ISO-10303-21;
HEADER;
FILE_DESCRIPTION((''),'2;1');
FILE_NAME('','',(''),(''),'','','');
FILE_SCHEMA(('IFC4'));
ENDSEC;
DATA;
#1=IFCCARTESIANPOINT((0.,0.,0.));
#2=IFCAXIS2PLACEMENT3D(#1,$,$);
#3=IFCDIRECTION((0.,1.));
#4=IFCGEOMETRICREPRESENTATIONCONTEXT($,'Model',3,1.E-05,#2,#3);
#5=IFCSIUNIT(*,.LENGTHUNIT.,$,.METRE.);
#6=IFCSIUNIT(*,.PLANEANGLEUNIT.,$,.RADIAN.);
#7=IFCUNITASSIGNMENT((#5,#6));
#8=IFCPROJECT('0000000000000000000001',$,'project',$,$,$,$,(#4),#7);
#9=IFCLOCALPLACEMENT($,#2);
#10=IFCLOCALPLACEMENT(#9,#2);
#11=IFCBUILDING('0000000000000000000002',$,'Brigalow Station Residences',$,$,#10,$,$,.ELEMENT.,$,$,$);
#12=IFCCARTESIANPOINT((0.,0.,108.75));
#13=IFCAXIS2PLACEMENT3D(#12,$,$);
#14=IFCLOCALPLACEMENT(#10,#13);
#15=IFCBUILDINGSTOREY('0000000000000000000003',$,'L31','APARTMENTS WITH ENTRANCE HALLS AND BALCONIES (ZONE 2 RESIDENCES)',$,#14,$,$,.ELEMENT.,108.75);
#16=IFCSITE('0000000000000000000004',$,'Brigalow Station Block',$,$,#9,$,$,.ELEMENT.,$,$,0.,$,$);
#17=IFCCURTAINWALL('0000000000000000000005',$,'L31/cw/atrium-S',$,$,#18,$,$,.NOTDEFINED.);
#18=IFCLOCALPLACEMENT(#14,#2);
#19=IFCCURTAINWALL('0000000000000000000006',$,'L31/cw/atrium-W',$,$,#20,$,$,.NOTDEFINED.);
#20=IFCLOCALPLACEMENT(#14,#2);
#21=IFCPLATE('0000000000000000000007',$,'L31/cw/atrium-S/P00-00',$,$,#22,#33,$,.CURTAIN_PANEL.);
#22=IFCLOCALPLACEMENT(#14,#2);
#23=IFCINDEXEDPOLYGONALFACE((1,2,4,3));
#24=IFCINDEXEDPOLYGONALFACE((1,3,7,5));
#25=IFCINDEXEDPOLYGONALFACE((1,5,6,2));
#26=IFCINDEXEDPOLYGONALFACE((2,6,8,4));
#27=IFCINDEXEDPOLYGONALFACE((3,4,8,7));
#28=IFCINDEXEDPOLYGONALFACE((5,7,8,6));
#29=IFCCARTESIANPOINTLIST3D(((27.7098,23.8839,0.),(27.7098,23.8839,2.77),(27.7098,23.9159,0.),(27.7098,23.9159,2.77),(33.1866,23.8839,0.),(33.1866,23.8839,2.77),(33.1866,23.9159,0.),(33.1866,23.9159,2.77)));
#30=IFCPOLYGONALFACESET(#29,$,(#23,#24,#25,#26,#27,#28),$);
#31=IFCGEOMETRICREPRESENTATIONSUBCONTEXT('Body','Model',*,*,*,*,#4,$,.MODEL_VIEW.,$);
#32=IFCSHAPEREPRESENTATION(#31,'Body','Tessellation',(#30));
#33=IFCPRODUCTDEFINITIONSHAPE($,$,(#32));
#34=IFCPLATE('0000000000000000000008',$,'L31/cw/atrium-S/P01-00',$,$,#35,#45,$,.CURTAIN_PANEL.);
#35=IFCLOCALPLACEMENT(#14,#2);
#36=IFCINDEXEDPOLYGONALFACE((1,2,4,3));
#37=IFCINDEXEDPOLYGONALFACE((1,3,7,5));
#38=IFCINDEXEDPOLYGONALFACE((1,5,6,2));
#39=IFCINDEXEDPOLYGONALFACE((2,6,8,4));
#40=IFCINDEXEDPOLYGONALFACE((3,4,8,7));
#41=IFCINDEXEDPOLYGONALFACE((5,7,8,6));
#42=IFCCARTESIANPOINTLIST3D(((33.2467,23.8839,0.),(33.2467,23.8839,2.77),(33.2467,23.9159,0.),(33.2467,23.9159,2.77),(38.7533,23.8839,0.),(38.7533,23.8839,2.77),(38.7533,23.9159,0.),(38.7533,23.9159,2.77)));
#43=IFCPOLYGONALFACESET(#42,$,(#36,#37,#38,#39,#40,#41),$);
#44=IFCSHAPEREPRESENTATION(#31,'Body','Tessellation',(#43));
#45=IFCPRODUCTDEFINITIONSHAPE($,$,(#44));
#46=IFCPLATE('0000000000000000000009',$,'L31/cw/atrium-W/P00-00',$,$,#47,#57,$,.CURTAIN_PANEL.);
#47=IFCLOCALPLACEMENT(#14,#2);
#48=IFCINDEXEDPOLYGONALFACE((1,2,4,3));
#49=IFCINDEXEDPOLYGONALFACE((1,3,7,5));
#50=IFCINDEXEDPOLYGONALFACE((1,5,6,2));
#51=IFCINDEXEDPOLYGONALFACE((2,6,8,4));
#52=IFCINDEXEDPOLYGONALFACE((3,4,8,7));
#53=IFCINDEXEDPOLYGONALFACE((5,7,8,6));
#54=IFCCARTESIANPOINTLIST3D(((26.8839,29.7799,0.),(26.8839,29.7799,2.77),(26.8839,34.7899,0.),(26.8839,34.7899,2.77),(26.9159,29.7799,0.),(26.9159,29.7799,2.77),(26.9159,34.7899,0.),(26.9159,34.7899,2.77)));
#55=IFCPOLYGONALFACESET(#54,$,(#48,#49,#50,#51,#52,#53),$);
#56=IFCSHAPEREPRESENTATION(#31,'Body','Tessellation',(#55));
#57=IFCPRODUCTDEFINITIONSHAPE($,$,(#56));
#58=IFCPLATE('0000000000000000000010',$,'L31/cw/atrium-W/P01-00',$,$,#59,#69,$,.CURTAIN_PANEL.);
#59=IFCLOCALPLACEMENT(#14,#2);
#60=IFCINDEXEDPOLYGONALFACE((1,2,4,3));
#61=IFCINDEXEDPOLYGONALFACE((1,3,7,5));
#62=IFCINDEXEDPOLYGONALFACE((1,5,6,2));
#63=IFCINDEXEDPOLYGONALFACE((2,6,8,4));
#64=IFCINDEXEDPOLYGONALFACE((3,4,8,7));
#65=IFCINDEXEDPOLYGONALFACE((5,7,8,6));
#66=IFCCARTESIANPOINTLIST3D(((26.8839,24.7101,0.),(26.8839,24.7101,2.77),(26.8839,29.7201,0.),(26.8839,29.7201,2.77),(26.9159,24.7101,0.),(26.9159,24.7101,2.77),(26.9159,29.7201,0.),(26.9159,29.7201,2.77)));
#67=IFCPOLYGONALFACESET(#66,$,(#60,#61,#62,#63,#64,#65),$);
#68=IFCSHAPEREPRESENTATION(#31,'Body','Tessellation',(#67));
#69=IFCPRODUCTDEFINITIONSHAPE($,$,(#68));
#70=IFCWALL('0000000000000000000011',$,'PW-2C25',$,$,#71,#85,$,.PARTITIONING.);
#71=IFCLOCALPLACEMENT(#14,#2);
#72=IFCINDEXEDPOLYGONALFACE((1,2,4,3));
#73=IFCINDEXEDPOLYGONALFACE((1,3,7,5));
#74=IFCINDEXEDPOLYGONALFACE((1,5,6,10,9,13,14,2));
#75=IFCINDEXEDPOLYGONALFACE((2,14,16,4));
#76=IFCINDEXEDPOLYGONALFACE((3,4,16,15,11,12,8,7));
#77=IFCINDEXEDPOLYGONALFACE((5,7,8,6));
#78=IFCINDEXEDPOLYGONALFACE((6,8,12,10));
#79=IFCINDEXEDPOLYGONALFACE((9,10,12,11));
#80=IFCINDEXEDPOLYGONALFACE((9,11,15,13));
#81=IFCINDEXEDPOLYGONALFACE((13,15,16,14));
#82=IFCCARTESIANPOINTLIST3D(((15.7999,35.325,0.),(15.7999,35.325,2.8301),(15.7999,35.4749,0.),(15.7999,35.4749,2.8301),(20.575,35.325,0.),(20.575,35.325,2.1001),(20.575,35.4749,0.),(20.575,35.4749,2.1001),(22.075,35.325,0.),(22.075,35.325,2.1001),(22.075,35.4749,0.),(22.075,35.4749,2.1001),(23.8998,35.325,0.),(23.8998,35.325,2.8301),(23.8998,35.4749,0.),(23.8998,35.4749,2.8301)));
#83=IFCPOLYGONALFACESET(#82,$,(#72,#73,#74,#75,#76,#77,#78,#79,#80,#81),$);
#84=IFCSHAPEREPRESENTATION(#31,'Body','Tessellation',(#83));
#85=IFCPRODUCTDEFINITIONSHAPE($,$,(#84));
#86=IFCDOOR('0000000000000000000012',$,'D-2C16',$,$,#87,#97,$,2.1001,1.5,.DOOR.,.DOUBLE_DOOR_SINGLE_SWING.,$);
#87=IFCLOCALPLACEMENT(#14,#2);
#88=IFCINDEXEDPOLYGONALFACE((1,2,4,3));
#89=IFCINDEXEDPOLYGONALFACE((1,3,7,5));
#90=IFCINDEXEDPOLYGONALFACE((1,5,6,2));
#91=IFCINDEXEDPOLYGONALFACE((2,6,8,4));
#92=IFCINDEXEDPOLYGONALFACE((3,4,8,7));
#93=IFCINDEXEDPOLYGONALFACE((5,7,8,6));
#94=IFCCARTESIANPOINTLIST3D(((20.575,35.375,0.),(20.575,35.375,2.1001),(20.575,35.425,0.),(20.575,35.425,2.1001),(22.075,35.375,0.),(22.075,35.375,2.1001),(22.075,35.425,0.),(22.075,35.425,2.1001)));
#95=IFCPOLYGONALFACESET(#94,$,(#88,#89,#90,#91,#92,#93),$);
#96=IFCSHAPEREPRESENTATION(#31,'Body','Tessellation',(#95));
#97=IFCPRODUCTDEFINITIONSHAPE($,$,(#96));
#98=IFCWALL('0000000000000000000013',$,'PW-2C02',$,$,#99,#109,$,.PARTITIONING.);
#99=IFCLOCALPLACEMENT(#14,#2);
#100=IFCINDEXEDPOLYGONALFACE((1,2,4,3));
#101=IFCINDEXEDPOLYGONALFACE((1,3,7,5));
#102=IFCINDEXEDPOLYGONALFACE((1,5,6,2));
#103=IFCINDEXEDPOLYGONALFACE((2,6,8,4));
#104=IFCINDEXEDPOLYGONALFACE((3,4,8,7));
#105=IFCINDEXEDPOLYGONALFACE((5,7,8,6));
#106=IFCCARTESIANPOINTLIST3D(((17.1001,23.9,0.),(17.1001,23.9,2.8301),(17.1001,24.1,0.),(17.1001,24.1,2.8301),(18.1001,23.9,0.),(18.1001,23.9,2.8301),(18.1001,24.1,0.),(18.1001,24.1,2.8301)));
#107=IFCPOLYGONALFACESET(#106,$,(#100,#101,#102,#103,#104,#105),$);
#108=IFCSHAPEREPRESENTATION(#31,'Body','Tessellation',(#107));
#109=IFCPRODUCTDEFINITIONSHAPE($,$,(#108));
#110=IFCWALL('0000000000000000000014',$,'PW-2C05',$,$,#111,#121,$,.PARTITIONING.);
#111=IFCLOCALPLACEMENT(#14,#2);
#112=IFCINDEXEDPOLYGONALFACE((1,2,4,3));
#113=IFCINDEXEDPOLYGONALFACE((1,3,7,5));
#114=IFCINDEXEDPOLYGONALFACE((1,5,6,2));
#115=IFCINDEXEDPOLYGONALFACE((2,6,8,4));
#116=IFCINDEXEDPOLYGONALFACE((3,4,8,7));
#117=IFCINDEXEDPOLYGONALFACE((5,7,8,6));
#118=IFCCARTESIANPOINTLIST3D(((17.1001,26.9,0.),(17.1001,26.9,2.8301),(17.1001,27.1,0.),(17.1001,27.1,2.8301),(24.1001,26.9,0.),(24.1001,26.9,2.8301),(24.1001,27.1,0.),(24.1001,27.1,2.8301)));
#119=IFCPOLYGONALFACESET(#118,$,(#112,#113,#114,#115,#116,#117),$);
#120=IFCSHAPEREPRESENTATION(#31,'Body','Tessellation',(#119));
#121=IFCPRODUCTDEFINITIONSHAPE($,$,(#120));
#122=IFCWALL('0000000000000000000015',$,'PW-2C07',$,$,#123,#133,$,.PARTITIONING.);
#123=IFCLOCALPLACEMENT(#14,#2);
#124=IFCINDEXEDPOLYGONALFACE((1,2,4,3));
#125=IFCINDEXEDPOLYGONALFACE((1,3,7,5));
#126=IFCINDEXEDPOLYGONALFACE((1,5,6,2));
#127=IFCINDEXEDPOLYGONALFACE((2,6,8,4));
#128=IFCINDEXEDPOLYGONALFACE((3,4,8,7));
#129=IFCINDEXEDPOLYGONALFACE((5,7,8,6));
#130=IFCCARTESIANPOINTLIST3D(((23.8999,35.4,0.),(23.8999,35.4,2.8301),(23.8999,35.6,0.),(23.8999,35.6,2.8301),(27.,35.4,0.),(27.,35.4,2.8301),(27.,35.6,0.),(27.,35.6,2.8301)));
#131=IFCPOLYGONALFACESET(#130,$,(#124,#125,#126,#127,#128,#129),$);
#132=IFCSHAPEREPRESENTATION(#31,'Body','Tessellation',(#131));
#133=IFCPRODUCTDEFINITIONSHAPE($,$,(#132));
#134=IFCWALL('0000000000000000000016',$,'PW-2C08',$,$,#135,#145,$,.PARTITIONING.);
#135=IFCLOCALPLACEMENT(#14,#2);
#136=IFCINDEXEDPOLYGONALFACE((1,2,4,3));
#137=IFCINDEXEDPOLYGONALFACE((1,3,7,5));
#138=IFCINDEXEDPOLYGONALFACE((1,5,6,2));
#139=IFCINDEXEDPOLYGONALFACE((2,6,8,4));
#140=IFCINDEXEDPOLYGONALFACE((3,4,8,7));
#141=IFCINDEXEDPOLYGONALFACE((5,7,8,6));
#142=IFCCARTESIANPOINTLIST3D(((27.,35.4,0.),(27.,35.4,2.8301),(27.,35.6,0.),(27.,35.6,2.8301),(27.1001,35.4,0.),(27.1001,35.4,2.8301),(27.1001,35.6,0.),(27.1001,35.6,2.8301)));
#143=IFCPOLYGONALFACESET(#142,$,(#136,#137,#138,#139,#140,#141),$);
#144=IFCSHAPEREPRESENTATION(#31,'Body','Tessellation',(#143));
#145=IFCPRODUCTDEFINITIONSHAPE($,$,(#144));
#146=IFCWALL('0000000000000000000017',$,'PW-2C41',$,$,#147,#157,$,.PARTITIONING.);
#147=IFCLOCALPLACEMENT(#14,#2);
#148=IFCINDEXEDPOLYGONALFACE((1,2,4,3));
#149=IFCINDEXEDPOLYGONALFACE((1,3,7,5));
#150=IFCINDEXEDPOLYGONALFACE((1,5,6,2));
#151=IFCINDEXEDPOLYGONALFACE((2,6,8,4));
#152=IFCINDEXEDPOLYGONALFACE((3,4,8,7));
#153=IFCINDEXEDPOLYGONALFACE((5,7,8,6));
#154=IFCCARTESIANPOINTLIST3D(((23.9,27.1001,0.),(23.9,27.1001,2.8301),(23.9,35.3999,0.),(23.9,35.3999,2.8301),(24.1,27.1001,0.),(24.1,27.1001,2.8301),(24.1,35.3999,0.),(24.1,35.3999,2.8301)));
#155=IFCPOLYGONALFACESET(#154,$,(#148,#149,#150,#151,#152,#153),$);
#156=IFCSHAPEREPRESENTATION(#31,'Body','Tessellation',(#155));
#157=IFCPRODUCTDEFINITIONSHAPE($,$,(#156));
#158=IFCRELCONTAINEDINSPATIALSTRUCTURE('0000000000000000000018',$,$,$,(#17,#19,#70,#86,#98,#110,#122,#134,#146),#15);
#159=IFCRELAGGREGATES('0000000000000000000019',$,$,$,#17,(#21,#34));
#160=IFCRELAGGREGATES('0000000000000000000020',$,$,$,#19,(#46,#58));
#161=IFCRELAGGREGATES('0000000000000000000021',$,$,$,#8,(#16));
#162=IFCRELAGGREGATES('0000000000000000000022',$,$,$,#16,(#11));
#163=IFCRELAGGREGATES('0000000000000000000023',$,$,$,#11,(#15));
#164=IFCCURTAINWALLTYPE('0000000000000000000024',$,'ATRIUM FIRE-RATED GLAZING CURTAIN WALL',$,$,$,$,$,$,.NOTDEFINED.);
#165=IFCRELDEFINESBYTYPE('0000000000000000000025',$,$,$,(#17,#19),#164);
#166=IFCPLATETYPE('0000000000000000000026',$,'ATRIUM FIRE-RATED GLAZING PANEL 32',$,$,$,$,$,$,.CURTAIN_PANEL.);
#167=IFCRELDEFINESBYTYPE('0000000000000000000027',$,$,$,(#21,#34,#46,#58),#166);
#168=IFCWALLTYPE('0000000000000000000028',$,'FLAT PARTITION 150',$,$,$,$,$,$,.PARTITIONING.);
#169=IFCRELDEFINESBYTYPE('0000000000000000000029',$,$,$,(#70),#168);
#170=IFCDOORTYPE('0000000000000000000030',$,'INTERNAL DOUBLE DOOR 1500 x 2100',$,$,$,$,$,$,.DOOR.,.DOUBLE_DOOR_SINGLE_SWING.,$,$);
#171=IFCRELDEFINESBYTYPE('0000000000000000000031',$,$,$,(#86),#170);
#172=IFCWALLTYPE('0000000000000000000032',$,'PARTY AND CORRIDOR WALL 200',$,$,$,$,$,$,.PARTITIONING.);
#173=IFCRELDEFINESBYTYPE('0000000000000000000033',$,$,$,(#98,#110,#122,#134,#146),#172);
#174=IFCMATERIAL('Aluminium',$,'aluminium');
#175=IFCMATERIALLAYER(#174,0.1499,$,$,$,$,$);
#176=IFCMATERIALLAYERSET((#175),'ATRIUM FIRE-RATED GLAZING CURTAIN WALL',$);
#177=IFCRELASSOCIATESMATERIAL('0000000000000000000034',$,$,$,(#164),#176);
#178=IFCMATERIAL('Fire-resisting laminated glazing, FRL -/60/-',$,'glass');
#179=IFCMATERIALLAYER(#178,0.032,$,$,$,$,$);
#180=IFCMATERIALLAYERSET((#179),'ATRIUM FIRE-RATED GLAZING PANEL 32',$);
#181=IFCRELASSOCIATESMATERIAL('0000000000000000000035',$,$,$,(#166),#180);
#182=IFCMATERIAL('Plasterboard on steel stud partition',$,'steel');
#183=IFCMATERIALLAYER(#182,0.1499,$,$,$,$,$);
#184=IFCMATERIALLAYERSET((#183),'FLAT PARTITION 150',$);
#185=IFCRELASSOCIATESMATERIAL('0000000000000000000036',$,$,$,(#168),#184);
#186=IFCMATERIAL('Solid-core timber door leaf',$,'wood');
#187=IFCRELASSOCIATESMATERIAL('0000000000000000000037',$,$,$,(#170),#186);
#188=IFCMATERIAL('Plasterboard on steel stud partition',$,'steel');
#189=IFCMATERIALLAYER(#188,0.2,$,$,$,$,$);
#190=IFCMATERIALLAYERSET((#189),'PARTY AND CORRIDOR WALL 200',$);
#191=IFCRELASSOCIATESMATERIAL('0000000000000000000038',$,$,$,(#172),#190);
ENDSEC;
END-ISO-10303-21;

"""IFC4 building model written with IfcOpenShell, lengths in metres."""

from ifc_helpers import new_model, si_unit, direction, frame, frame_2d, origin, origin_2d, place, context, subcontext, project, spatial, rectangle, extrude, material, layer, layer_set, type_object, element, fill, aggregate, save


model = new_model("IFC4")

# Units and contexts
model_context = context("Model", 3, precision=1e-05, world=origin(), true_north=direction((0.0, 1.0)))
body_context = subcontext(model_context, "Body", "Model", "MODEL_VIEW")
ifc_project = project(units=[si_unit("LENGTHUNIT", "METRE"), si_unit("PLANEANGLEUNIT", "RADIAN")], contexts=[model_context])

# Site, building, storey
site_placement = place(None, origin())
site = spatial("IfcSite", under=ifc_project, at=site_placement, Name="Brigalow Station Block", CompositionType="ELEMENT", RefElevation=0.0)
building_placement = place(site_placement, origin())
building = spatial("IfcBuilding", under=site, at=building_placement, Name="Brigalow Station Residences", CompositionType="ELEMENT")
storey_placement = place(building_placement, frame((0.0, 0.0, 108.75)))
storey = spatial("IfcBuildingStorey", under=building, at=storey_placement, Name="L31", Description="APARTMENTS WITH ENTRANCE HALLS AND BALCONIES (ZONE 2 RESIDENCES)", CompositionType="ELEMENT", Elevation=108.75)

# Curtain walls
ifc_material_1 = material(Name="Aluminium", Category="aluminium")
ifc_layer_1 = layer(ifc_material_1, 0.1499)
ifc_layer_set_1 = layer_set([ifc_layer_1], Name="ATRIUM FIRE-RATED GLAZING CURTAIN WALL")
curtain_wall_type = type_object("IfcCurtainWallType", Name="ATRIUM FIRE-RATED GLAZING CURTAIN WALL", PredefinedType="NOTDEFINED", material=ifc_layer_set_1)
curtain_wall_1_placement = place(storey_placement, origin())
curtain_wall_1 = element("IfcCurtainWall", 1, at=curtain_wall_1_placement, inside=storey, type_object=curtain_wall_type, Name="L31/cw/atrium-S", PredefinedType="NOTDEFINED")
curtain_wall_2_placement = place(storey_placement, origin())
curtain_wall_2 = element("IfcCurtainWall", 2, at=curtain_wall_2_placement, inside=storey, type_object=curtain_wall_type, Name="L31/cw/atrium-W", PredefinedType="NOTDEFINED")

# Plates
ifc_material_2 = material(Name="Fire-resisting laminated glazing, FRL -/60/-", Category="glass")
ifc_layer_2 = layer(ifc_material_2, 0.032)
ifc_layer_set_2 = layer_set([ifc_layer_2], Name="ATRIUM FIRE-RATED GLAZING PANEL 32")
plate_type = type_object("IfcPlateType", Name="ATRIUM FIRE-RATED GLAZING PANEL 32", PredefinedType="CURTAIN_PANEL", material=ifc_layer_set_2)
plate_1_placement = place(storey_placement, frame((30.4482, 23.8999, 0.0), z_axis=(0.0, 0.0, 1.0), x_axis=(1.0, 0.0, 0.0)))
plate_1 = element("IfcPlate", 3, at=plate_1_placement, type_object=plate_type, Name="L31/cw/atrium-S/P00-00", PredefinedType="CURTAIN_PANEL", context=body_context, shape_type="SweptSolid", body=[
    extrude(rectangle(XDim=5.4768, YDim=0.032, at=origin_2d()), origin(), (0.0, 0.0, 1.0), 2.77),
])
plate_2_placement = place(storey_placement, frame((36.0, 23.8999, 0.0), z_axis=(0.0, 0.0, 1.0), x_axis=(1.0, 0.0, 0.0)))
plate_2 = element("IfcPlate", 4, at=plate_2_placement, type_object=plate_type, Name="L31/cw/atrium-S/P01-00", PredefinedType="CURTAIN_PANEL", context=body_context, shape_type="SweptSolid", body=[
    extrude(rectangle(XDim=5.5066, YDim=0.032, at=origin_2d()), origin(), (0.0, 0.0, 1.0), 2.77),
])
aggregate(curtain_wall_1, [plate_1, plate_2])
plate_3_placement = place(storey_placement, frame((26.8999, 32.2849, 0.0), z_axis=(0.0, 0.0, 1.0), x_axis=(0.0, -1.0, 0.0)))
plate_3 = element("IfcPlate", 5, at=plate_3_placement, type_object=plate_type, Name="L31/cw/atrium-W/P00-00", PredefinedType="CURTAIN_PANEL", context=body_context, shape_type="SweptSolid", body=[
    extrude(rectangle(XDim=5.01, YDim=0.032, at=origin_2d()), origin(), (0.0, 0.0, 1.0), 2.77),
])
plate_4_placement = place(storey_placement, frame((26.8999, 27.2151, 0.0), z_axis=(0.0, 0.0, 1.0), x_axis=(0.0, -1.0, 0.0)))
plate_4 = element("IfcPlate", 6, at=plate_4_placement, type_object=plate_type, Name="L31/cw/atrium-W/P01-00", PredefinedType="CURTAIN_PANEL", context=body_context, shape_type="SweptSolid", body=[
    extrude(rectangle(XDim=5.01, YDim=0.032, at=origin_2d()), origin(), (0.0, 0.0, 1.0), 2.77),
])
aggregate(curtain_wall_2, [plate_3, plate_4])

# Wall, opening, door
ifc_material_3 = material(Name="Plasterboard on steel stud partition", Category="steel")
ifc_layer_3 = layer(ifc_material_3, 0.1499)
ifc_layer_set_3 = layer_set([ifc_layer_3], Name="FLAT PARTITION 150")
wall_type_1 = type_object("IfcWallType", Name="FLAT PARTITION 150", PredefinedType="PARTITIONING", material=ifc_layer_set_3)
wall_1_placement = place(storey_placement, frame((15.8, 35.3999, 0.0), z_axis=(0.0, 0.0, 1.0), x_axis=(1.0, 0.0, 0.0)))
wall_1 = element("IfcWall", 7, at=wall_1_placement, inside=storey, type_object=wall_type_1, Name="PW-2C25", PredefinedType="PARTITIONING", context=body_context, shape_type="SweptSolid", body=[
    extrude(rectangle(XDim=8.0999, YDim=0.1499, at=frame_2d((4.0498, 0.0))), origin(), (0.0, 0.0, 1.0), 2.8301),
])
opening_placement = place(wall_1_placement, frame((4.7749, 0.0, 0.0)))
opening = element("IfcOpeningElement", 8, at=opening_placement, cuts=wall_1, PredefinedType="OPENING", context=body_context, shape_type="SweptSolid", body=[
    extrude(rectangle(XDim=1.5, YDim=2.1001, at=frame_2d((0.75, 1.05))), frame((0.0, 0.085, 0.0), z_axis=(0.0, -1.0, 0.0), x_axis=(1.0, 0.0, 0.0)), (0.0, 0.0, 1.0), 0.1699),
])
ifc_material_4 = material(Name="Solid-core timber door leaf", Category="wood")
door_type = type_object("IfcDoorType", Name="INTERNAL DOUBLE DOOR 1500 x 2100", OperationType="DOUBLE_DOOR_SINGLE_SWING", PredefinedType="DOOR", material=ifc_material_4)
door_placement = place(opening_placement, frame((1.5, 0.0, 0.0), z_axis=(0.0, 0.0, 1.0), x_axis=(-1.0, 0.0, 0.0)))
door = element("IfcDoor", 9, at=door_placement, inside=storey, type_object=door_type, Name="D-2C16", OperationType="DOUBLE_DOOR_SINGLE_SWING", OverallHeight=2.1001, OverallWidth=1.5, PredefinedType="DOOR", context=body_context, shape_type="SweptSolid", body=[
    extrude(rectangle(XDim=1.5, YDim=2.1001, at=frame_2d((0.75, 1.05))), frame((0.0, 0.0249, 0.0), z_axis=(0.0, -1.0, 0.0), x_axis=(1.0, 0.0, 0.0)), (0.0, 0.0, 1.0), 0.05),
])
fill(opening, door)

# Walls
ifc_material_5 = material(Name="Plasterboard on steel stud partition", Category="steel")
ifc_layer_4 = layer(ifc_material_5, 0.2)
ifc_layer_set_4 = layer_set([ifc_layer_4], Name="PARTY AND CORRIDOR WALL 200")
wall_type_2 = type_object("IfcWallType", Name="PARTY AND CORRIDOR WALL 200", PredefinedType="PARTITIONING", material=ifc_layer_set_4)
wall_2_placement = place(storey_placement, frame((17.1001, 24.0, 0.0), z_axis=(0.0, 0.0, 1.0), x_axis=(1.0, 0.0, 0.0)))
element("IfcWall", 10, at=wall_2_placement, inside=storey, type_object=wall_type_2, Name="PW-2C02", PredefinedType="PARTITIONING", context=body_context, shape_type="SweptSolid", body=[
    extrude(rectangle(XDim=1.0, YDim=0.2, at=frame_2d((0.5, 0.0))), origin(), (0.0, 0.0, 1.0), 2.8301),
])
wall_3_placement = place(storey_placement, frame((17.1001, 27.0, 0.0), z_axis=(0.0, 0.0, 1.0), x_axis=(1.0, 0.0, 0.0)))
element("IfcWall", 11, at=wall_3_placement, inside=storey, type_object=wall_type_2, Name="PW-2C05", PredefinedType="PARTITIONING", context=body_context, shape_type="SweptSolid", body=[
    extrude(rectangle(XDim=7.0, YDim=0.2, at=frame_2d((3.5, 0.0))), origin(), (0.0, 0.0, 1.0), 2.8301),
])
wall_4_placement = place(storey_placement, frame((23.8999, 35.5, 0.0), z_axis=(0.0, 0.0, 1.0), x_axis=(1.0, 0.0, 0.0)))
element("IfcWall", 12, at=wall_4_placement, inside=storey, type_object=wall_type_2, Name="PW-2C07", PredefinedType="PARTITIONING", context=body_context, shape_type="SweptSolid", body=[
    extrude(rectangle(XDim=3.1001, YDim=0.2, at=frame_2d((1.55, 0.0))), origin(), (0.0, 0.0, 1.0), 2.8301),
])
wall_5_placement = place(storey_placement, frame((27.0, 35.5, 0.0), z_axis=(0.0, 0.0, 1.0), x_axis=(1.0, 0.0, 0.0)))
element("IfcWall", 13, at=wall_5_placement, inside=storey, type_object=wall_type_2, Name="PW-2C08", PredefinedType="PARTITIONING", context=body_context, shape_type="SweptSolid", body=[
    extrude(rectangle(XDim=0.1001, YDim=0.2, at=frame_2d((0.05, 0.0))), origin(), (0.0, 0.0, 1.0), 2.8301),
])
wall_6_placement = place(storey_placement, frame((24.0, 27.1001, 0.0), z_axis=(0.0, 0.0, 1.0), x_axis=(0.0, 1.0, 0.0)))
element("IfcWall", 14, at=wall_6_placement, inside=storey, type_object=wall_type_2, Name="PW-2C41", PredefinedType="PARTITIONING", context=body_context, shape_type="SweptSolid", body=[
    extrude(rectangle(XDim=8.2998, YDim=0.2, at=frame_2d((4.1499, 0.0))), origin(), (0.0, 0.0, 1.0), 2.8301),
])

save(model, "model.ifc")
